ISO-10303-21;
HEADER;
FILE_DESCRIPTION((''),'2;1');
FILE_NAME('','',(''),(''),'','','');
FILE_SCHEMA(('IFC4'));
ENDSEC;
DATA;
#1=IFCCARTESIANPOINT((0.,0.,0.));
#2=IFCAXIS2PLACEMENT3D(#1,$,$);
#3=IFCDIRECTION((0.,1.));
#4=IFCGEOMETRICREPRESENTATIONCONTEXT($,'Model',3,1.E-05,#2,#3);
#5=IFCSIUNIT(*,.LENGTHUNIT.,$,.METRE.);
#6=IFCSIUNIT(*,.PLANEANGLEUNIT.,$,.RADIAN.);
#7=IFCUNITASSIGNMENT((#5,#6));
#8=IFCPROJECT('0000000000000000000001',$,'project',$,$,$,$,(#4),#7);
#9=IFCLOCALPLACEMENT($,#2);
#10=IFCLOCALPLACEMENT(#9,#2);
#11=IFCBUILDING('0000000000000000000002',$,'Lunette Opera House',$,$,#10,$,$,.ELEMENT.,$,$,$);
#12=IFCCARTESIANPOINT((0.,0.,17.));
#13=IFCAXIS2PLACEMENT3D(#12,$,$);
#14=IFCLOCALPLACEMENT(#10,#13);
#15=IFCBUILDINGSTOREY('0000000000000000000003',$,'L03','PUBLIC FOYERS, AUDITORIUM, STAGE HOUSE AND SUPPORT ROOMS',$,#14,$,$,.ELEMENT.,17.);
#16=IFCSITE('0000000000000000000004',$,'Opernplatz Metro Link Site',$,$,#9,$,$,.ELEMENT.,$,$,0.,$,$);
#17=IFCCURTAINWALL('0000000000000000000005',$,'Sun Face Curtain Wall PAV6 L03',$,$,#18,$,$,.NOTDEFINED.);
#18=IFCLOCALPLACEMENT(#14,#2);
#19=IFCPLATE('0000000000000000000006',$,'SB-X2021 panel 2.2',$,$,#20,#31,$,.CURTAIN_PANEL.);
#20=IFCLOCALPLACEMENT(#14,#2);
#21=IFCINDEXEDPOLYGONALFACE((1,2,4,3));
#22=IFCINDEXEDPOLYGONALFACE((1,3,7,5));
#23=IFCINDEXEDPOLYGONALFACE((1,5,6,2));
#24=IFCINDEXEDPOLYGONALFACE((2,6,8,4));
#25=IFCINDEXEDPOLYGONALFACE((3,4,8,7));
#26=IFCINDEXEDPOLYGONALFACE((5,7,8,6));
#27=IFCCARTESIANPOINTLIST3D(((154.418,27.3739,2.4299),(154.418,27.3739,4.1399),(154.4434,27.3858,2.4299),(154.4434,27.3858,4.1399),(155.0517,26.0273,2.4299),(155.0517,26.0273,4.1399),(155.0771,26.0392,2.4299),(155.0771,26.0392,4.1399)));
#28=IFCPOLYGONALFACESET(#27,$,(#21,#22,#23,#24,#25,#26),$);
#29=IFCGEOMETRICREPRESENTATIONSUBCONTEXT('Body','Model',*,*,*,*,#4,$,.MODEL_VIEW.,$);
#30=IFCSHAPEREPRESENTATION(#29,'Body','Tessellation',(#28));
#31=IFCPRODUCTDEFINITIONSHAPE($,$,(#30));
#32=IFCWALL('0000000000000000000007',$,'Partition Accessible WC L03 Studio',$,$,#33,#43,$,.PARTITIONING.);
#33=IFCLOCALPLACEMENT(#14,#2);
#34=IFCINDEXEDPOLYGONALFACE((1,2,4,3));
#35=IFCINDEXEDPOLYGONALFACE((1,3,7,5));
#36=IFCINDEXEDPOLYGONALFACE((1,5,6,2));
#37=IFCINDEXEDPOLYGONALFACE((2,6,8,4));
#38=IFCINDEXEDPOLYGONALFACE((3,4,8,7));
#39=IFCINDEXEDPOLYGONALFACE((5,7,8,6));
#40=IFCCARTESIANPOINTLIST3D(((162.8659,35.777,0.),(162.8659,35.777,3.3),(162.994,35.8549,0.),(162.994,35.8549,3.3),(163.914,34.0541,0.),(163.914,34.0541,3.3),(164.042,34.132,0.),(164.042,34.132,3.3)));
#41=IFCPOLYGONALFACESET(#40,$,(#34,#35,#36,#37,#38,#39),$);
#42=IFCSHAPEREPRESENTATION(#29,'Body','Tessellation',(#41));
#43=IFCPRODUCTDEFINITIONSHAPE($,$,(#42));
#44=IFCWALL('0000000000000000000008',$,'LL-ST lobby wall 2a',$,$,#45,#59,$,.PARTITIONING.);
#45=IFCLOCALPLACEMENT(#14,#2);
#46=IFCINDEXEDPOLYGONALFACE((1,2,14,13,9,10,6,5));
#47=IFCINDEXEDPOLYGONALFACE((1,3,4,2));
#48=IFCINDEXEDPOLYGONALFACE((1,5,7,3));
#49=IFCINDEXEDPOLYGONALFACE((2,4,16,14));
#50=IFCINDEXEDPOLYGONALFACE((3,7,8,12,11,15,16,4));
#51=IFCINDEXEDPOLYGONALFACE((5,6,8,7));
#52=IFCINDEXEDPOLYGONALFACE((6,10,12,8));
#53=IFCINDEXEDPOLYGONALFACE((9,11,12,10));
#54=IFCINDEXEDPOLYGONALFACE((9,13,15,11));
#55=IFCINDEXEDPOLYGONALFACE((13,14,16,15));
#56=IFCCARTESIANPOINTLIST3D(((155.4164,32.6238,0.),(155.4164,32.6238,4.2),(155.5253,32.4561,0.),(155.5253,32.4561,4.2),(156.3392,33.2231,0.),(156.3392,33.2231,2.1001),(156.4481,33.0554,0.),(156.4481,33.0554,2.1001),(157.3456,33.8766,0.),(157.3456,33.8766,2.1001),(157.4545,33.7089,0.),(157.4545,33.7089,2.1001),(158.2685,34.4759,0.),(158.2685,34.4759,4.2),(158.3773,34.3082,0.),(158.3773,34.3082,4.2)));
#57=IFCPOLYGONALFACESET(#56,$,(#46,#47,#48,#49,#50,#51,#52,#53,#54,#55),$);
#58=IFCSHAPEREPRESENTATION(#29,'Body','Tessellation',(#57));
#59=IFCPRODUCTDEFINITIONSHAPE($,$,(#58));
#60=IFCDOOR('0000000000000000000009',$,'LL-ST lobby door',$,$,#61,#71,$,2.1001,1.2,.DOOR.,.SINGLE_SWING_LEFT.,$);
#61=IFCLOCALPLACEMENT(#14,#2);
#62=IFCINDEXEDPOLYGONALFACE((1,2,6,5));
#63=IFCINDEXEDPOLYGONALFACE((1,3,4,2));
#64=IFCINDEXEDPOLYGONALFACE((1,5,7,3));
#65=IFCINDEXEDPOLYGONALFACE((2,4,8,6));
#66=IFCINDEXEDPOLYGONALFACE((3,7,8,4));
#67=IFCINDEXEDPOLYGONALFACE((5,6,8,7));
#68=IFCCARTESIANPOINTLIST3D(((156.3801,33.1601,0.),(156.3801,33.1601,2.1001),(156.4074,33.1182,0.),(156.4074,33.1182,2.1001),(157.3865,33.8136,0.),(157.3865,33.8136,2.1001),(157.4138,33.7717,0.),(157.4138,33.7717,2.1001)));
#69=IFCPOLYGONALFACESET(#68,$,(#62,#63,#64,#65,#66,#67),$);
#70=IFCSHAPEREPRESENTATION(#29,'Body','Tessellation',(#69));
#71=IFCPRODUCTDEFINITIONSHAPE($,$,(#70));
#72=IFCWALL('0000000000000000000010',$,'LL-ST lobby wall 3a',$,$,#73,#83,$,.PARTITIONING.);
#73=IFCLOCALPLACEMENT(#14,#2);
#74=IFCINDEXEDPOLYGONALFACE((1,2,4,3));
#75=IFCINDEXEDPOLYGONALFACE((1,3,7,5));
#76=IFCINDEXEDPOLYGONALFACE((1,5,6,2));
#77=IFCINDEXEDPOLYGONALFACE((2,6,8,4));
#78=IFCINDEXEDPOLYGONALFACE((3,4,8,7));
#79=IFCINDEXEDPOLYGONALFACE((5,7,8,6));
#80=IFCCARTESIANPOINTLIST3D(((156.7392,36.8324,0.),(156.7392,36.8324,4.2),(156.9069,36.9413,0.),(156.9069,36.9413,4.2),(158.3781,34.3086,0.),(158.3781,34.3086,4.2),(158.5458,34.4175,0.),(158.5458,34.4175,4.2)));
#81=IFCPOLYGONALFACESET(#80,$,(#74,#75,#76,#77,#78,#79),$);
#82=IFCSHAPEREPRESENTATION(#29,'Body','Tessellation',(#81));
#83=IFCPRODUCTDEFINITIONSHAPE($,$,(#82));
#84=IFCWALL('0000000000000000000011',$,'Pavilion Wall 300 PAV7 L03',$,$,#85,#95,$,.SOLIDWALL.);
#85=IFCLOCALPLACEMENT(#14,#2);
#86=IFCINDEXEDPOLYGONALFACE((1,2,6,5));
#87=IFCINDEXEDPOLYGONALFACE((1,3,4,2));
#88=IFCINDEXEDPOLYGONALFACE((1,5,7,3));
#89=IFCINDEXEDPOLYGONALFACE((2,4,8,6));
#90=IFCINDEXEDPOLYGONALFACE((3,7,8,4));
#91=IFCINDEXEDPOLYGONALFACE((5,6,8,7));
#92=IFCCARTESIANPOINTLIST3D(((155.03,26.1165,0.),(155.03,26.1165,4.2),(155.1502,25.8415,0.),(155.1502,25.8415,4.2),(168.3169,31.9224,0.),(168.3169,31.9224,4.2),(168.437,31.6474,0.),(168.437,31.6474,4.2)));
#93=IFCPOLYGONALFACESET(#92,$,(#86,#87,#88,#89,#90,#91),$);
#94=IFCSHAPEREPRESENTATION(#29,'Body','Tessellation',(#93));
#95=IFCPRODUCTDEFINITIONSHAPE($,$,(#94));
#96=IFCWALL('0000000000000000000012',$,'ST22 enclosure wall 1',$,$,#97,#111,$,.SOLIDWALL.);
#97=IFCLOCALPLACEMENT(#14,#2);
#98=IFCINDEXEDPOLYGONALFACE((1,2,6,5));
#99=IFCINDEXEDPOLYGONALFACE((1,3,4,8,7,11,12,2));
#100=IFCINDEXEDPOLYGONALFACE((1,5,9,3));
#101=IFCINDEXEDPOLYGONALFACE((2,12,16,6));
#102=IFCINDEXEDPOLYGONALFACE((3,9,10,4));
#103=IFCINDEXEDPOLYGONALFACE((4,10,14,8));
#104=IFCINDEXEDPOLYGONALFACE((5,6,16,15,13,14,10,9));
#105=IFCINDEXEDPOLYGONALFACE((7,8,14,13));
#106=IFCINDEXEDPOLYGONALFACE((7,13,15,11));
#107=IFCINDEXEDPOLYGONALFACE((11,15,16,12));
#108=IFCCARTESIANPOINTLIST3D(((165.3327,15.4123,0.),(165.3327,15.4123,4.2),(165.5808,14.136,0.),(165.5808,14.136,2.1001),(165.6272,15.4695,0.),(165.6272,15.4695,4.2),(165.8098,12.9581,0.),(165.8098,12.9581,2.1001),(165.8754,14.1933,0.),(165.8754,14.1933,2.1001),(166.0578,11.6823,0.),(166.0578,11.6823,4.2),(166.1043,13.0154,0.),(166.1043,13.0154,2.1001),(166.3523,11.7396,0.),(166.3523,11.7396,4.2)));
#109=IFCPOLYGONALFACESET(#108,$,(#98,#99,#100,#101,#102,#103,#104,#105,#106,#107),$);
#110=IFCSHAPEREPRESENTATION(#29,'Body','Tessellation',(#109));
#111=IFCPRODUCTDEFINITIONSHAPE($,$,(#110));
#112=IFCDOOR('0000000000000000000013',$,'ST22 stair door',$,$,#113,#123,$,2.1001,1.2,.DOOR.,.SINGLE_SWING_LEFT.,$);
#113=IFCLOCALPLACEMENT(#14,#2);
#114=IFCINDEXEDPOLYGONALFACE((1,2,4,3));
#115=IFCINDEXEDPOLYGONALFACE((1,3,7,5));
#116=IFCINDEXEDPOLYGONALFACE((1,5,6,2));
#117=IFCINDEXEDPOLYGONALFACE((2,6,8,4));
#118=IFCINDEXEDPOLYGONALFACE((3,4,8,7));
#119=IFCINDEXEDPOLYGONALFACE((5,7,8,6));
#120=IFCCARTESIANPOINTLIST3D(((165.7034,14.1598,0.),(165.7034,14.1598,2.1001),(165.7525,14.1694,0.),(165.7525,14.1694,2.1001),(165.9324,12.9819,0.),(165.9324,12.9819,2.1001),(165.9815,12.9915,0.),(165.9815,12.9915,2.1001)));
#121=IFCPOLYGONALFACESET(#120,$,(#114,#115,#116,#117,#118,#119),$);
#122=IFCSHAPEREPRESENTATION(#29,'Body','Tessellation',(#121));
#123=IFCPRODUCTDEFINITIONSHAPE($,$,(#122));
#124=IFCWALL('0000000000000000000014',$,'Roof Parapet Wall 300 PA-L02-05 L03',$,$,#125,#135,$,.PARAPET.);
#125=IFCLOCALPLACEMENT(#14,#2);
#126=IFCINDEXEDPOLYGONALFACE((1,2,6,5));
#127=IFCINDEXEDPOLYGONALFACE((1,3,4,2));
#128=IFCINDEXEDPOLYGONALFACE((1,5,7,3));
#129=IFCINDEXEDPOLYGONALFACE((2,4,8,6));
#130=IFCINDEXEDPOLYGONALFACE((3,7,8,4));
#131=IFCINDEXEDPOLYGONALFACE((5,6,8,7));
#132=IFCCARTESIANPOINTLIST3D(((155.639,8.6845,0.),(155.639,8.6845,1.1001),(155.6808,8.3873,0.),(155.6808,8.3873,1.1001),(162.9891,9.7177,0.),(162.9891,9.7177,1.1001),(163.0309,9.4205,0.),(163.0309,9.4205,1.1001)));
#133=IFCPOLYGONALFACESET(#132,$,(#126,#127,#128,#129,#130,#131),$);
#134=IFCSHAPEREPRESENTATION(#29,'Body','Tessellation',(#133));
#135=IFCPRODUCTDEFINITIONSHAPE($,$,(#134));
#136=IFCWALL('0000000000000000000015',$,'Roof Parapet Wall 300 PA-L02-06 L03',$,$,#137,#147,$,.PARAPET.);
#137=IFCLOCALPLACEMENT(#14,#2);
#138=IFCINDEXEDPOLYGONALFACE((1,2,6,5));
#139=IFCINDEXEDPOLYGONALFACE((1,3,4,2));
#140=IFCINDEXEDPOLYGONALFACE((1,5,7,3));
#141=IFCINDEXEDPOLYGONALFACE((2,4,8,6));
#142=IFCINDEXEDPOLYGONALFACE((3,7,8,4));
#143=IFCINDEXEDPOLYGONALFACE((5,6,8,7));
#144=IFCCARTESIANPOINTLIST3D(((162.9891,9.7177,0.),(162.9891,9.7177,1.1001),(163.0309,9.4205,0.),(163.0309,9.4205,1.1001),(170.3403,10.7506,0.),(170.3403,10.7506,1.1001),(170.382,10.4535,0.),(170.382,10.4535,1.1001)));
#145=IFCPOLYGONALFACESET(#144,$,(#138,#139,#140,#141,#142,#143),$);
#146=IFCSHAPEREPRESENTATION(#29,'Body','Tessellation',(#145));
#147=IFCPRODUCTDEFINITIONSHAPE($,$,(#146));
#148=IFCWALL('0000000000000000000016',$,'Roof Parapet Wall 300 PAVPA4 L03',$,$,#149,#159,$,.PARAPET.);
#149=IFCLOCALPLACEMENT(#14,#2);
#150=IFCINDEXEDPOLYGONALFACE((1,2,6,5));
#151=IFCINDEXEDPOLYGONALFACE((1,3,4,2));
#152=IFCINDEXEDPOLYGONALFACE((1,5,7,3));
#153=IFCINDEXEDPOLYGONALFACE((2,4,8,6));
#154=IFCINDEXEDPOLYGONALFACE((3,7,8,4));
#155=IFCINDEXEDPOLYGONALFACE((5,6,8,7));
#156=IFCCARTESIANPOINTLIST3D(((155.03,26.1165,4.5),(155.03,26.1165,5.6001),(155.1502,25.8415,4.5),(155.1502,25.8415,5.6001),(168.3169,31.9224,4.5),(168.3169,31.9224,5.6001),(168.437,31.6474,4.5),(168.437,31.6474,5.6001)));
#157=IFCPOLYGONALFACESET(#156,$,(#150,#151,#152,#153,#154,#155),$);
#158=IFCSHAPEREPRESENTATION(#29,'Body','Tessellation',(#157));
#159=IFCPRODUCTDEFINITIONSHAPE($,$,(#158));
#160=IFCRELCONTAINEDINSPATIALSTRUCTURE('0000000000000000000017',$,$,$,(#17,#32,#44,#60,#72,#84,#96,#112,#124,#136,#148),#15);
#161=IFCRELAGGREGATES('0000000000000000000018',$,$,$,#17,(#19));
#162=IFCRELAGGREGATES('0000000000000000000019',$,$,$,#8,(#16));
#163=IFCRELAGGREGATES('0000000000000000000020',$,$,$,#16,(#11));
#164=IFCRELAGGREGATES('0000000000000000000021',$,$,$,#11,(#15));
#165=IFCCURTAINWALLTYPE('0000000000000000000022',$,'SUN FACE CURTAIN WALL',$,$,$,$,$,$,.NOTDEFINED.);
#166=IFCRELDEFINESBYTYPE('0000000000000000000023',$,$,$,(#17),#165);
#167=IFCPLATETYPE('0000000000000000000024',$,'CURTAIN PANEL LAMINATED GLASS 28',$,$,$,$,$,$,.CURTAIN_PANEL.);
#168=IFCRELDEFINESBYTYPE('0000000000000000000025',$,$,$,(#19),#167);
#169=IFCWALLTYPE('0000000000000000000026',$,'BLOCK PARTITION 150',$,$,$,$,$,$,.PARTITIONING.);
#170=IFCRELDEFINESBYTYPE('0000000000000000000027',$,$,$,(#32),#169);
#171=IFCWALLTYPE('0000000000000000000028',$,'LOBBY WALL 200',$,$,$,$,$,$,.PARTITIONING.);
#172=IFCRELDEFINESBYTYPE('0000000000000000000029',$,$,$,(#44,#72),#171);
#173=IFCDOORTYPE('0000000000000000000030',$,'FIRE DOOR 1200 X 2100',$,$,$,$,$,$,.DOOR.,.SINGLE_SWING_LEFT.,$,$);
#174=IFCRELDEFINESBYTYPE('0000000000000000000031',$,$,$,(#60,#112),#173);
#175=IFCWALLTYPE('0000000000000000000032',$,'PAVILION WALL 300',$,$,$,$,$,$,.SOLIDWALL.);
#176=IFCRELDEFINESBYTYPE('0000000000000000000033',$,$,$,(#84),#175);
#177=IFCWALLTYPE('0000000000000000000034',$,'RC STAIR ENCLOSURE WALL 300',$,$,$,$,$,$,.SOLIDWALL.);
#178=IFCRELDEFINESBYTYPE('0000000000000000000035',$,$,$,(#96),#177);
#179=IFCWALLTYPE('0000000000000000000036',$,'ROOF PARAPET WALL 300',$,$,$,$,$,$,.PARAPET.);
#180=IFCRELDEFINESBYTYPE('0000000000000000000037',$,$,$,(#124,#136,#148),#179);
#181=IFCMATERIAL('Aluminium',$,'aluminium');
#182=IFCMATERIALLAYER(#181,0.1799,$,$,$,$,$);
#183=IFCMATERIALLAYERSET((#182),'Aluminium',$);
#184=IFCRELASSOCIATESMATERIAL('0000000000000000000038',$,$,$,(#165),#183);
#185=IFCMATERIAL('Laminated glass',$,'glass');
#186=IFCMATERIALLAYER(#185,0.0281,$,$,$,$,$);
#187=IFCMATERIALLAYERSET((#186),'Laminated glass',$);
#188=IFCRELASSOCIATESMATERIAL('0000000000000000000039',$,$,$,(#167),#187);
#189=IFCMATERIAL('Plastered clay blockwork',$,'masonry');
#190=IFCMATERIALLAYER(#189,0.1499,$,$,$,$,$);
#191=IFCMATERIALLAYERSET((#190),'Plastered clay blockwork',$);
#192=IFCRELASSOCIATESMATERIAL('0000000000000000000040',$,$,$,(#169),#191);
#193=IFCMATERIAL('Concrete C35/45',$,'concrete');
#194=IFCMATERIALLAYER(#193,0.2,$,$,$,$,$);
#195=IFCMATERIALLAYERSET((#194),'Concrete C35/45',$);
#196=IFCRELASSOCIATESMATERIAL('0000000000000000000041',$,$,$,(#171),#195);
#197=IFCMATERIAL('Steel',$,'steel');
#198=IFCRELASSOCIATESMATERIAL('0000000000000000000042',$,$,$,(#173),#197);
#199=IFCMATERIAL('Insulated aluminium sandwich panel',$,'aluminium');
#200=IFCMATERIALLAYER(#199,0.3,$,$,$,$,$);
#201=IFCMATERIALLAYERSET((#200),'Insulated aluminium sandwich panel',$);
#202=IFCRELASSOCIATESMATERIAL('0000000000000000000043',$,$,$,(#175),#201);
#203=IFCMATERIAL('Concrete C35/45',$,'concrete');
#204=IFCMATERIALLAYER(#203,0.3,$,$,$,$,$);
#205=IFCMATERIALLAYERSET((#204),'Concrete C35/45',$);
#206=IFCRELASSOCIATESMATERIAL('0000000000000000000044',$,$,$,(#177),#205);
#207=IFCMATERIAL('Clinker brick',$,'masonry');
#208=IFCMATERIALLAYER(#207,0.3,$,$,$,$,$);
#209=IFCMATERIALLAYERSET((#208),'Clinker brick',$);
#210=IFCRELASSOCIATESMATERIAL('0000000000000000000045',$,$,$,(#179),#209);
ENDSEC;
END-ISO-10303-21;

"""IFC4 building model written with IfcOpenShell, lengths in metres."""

from ifc_helpers import new_model, si_unit, direction, frame, frame_2d, origin, origin_2d, place, context, subcontext, project, spatial, rectangle, extrude, material, layer, layer_set, type_object, element, fill, aggregate, save


model = new_model("IFC4")

# Units and contexts
model_context = context("Model", 3, precision=1e-05, world=origin(), true_north=direction((0.0, 1.0)))
body_context = subcontext(model_context, "Body", "Model", "MODEL_VIEW")
ifc_project = project(units=[si_unit("LENGTHUNIT", "METRE"), si_unit("PLANEANGLEUNIT", "RADIAN")], contexts=[model_context])

# Site, building, storey
site_placement = place(None, origin())
site = spatial("IfcSite", under=ifc_project, at=site_placement, Name="Opernplatz Metro Link Site", CompositionType="ELEMENT", RefElevation=0.0)
building_placement = place(site_placement, origin())
building = spatial("IfcBuilding", under=site, at=building_placement, Name="Lunette Opera House", CompositionType="ELEMENT")
storey_placement = place(building_placement, frame((0.0, 0.0, 17.0)))
storey = spatial("IfcBuildingStorey", under=building, at=storey_placement, Name="L03", Description="PUBLIC FOYERS, AUDITORIUM, STAGE HOUSE AND SUPPORT ROOMS", CompositionType="ELEMENT", Elevation=17.0)

# Curtain wall
ifc_material_1 = material(Name="Aluminium", Category="aluminium")
ifc_layer_1 = layer(ifc_material_1, 0.1799)
ifc_layer_set_1 = layer_set([ifc_layer_1], Name="Aluminium")
curtain_wall_type = type_object("IfcCurtainWallType", Name="SUN FACE CURTAIN WALL", PredefinedType="NOTDEFINED", material=ifc_layer_set_1)
curtain_wall_placement = place(storey_placement, origin())
curtain_wall = element("IfcCurtainWall", 1, at=curtain_wall_placement, inside=storey, type_object=curtain_wall_type, Name="Sun Face Curtain Wall PAV6 L03", PredefinedType="NOTDEFINED")

# Plate
ifc_material_2 = material(Name="Laminated glass", Category="glass")
ifc_layer_2 = layer(ifc_material_2, 0.0281)
ifc_layer_set_2 = layer_set([ifc_layer_2], Name="Laminated glass")
plate_type = type_object("IfcPlateType", Name="CURTAIN PANEL LAMINATED GLASS 28", PredefinedType="CURTAIN_PANEL", material=ifc_layer_set_2)
plate_1_placement = place(storey_placement, frame((154.7476, 26.7065, 2.4299), z_axis=(0.0, 0.0, 1.0), x_axis=(0.425797, -0.904819, 0.0)))
plate_1 = element("IfcPlate", 2, at=plate_1_placement, type_object=plate_type, Name="SB-X2021 panel 2.2", PredefinedType="CURTAIN_PANEL", context=body_context, shape_type="SweptSolid", body=[
    extrude(rectangle(XDim=1.4883, YDim=0.0281, at=origin_2d()), origin(), (0.0, 0.0, 1.0), 1.71),
])
aggregate(curtain_wall, [plate_1])

# Wall
ifc_material_3 = material(Name="Plastered clay blockwork", Category="masonry")
ifc_layer_3 = layer(ifc_material_3, 0.1499)
ifc_layer_set_3 = layer_set([ifc_layer_3], Name="Plastered clay blockwork")
wall_type_1 = type_object("IfcWallType", Name="BLOCK PARTITION 150", PredefinedType="PARTITIONING", material=ifc_layer_set_3)
wall_1_placement = place(storey_placement, frame((162.9299, 35.8159, 0.0), z_axis=(0.0, 0.0, 1.0), x_axis=(0.51972, -0.854336, 0.0)))
element("IfcWall", 3, at=wall_1_placement, inside=storey, type_object=wall_type_1, Name="Partition Accessible WC L03 Studio", PredefinedType="PARTITIONING", context=body_context, shape_type="SweptSolid", body=[
    extrude(rectangle(XDim=2.0166, YDim=0.1499, at=frame_2d((1.0083, 0.0))), origin(), (0.0, 0.0, 1.0), 3.3),
])

# Wall, opening, door
ifc_material_4 = material(Name="Concrete C35/45", Category="concrete")
ifc_layer_4 = layer(ifc_material_4, 0.2)
ifc_layer_set_4 = layer_set([ifc_layer_4], Name="Concrete C35/45")
wall_type_2 = type_object("IfcWallType", Name="LOBBY WALL 200", PredefinedType="PARTITIONING", material=ifc_layer_set_4)
wall_2_placement = place(storey_placement, frame((155.4709, 32.54, 0.0), z_axis=(0.0, 0.0, 1.0), x_axis=(0.838683, 0.54462, 0.0)))
wall_2 = element("IfcWall", 4, at=wall_2_placement, inside=storey, type_object=wall_type_2, Name="LL-ST lobby wall 2a", PredefinedType="PARTITIONING", context=body_context, shape_type="SweptSolid", body=[
    extrude(rectangle(XDim=3.4006, YDim=0.2, at=frame_2d((1.7002, 0.0))), origin(), (0.0, 0.0, 1.0), 4.2),
])
opening_1_placement = place(wall_2_placement, frame((1.1001, 0.0, 0.0)))
opening_1 = element("IfcOpeningElement", 5, at=opening_1_placement, cuts=wall_2, PredefinedType="OPENING", context=body_context, shape_type="SweptSolid", body=[
    extrude(rectangle(XDim=1.2, YDim=2.1001, at=frame_2d((0.6001, 1.05))), frame((0.0, 0.1121, 0.0), z_axis=(0.0, -1.0, 0.0), x_axis=(1.0, 0.0, 0.0)), (0.0, 0.0, 1.0), 0.2239),
])
ifc_material_5 = material(Name="Steel", Category="steel")
door_type_1 = type_object("IfcDoorType", Name="FIRE DOOR 1200 X 2100", OperationType="SINGLE_SWING_LEFT", PredefinedType="DOOR", material=ifc_material_5)
door_1_placement = place(opening_1_placement, origin())
door_1 = element("IfcDoor", 6, at=door_1_placement, inside=storey, type_object=door_type_1, Name="LL-ST lobby door", OperationType="SINGLE_SWING_LEFT", OverallHeight=2.1001, OverallWidth=1.2, PredefinedType="DOOR", context=body_context, shape_type="SweptSolid", body=[
    extrude(rectangle(XDim=1.2, YDim=2.1001, at=frame_2d((0.6001, 1.05))), frame((0.0, 0.0249, 0.0), z_axis=(0.0, -1.0, 0.0), x_axis=(1.0, 0.0, 0.0)), (0.0, 0.0, 1.0), 0.05),
])
fill(opening_1, door_1)

# Walls
wall_3_placement = place(storey_placement, frame((158.4619, 34.363, 0.0), z_axis=(0.0, 0.0, 1.0), x_axis=(-0.544606, 0.838692, 0.0)))
element("IfcWall", 7, at=wall_3_placement, inside=storey, type_object=wall_type_2, Name="LL-ST lobby wall 3a", PredefinedType="PARTITIONING", context=body_context, shape_type="SweptSolid", body=[
    extrude(rectangle(XDim=3.0093, YDim=0.2, at=frame_2d((1.5046, 0.0))), origin(), (0.0, 0.0, 1.0), 4.2),
])
ifc_material_6 = material(Name="Insulated aluminium sandwich panel", Category="aluminium")
ifc_layer_5 = layer(ifc_material_6, 0.3)
ifc_layer_set_5 = layer_set([ifc_layer_5], Name="Insulated aluminium sandwich panel")
wall_type_3 = type_object("IfcWallType", Name="PAVILION WALL 300", PredefinedType="SOLIDWALL", material=ifc_layer_set_5)
wall_4_placement = place(storey_placement, frame((155.0901, 25.979, 0.0), z_axis=(0.0, 0.0, 1.0), x_axis=(0.916337, 0.400408, 0.0)))
element("IfcWall", 8, at=wall_4_placement, inside=storey, type_object=wall_type_3, Name="Pavilion Wall 300 PAV7 L03", PredefinedType="SOLIDWALL", context=body_context, shape_type="SweptSolid", body=[
    extrude(rectangle(XDim=14.5, YDim=0.3, at=frame_2d((7.25, 0.0))), origin(), (0.0, 0.0, 1.0), 4.2),
])

# Wall, opening, door
ifc_material_7 = material(Name="Concrete C35/45", Category="concrete")
ifc_layer_6 = layer(ifc_material_7, 0.3)
ifc_layer_set_6 = layer_set([ifc_layer_6], Name="Concrete C35/45")
wall_type_4 = type_object("IfcWallType", Name="RC STAIR ENCLOSURE WALL 300", PredefinedType="SOLIDWALL", material=ifc_layer_set_6)
wall_5_placement = place(storey_placement, frame((165.48, 15.4409, 0.0), z_axis=(0.0, 0.0, 1.0), x_axis=(0.190825, -0.981624, 0.0)))
wall_5 = element("IfcWall", 9, at=wall_5_placement, inside=storey, type_object=wall_type_4, Name="ST22 enclosure wall 1", PredefinedType="SOLIDWALL", context=body_context, shape_type="SweptSolid", body=[
    extrude(rectangle(XDim=3.7998, YDim=0.3, at=frame_2d((1.8999, 0.0))), origin(), (0.0, 0.0, 1.0), 4.2),
])
opening_2_placement = place(wall_5_placement, frame((1.3, 0.0, 0.0)))
opening_2 = element("IfcOpeningElement", 10, at=opening_2_placement, cuts=wall_5, PredefinedType="OPENING", context=body_context, shape_type="SweptSolid", body=[
    extrude(rectangle(XDim=1.2, YDim=2.1001, at=frame_2d((0.6001, 1.05))), frame((0.0, 0.1621, 0.0), z_axis=(0.0, -1.0, 0.0), x_axis=(1.0, 0.0, 0.0)), (0.0, 0.0, 1.0), 0.324),
])
door_2_placement = place(opening_2_placement, origin())
door_2 = element("IfcDoor", 11, at=door_2_placement, inside=storey, type_object=door_type_1, Name="ST22 stair door", OperationType="SINGLE_SWING_LEFT", OverallHeight=2.1001, OverallWidth=1.2, PredefinedType="DOOR", context=body_context, shape_type="SweptSolid", body=[
    extrude(rectangle(XDim=1.2, YDim=2.1001, at=frame_2d((0.6001, 1.05))), frame((0.0, 0.0249, 0.0), z_axis=(0.0, -1.0, 0.0), x_axis=(1.0, 0.0, 0.0)), (0.0, 0.0, 1.0), 0.05),
])
fill(opening_2, door_2)

# Walls
ifc_material_8 = material(Name="Clinker brick", Category="masonry")
ifc_layer_7 = layer(ifc_material_8, 0.3)
ifc_layer_set_7 = layer_set([ifc_layer_7], Name="Clinker brick")
wall_type_5 = type_object("IfcWallType", Name="ROOF PARAPET WALL 300", PredefinedType="PARAPET", material=ifc_layer_set_7)
wall_6_placement = place(storey_placement, frame((155.6599, 8.5359, 0.0), z_axis=(0.0, 0.0, 1.0), x_axis=(0.990264, 0.139201, 0.0)))
element("IfcWall", 12, at=wall_6_placement, inside=storey, type_object=wall_type_5, Name="Roof Parapet Wall 300 PA-L02-05 L03", PredefinedType="PARAPET", context=body_context, shape_type="SweptSolid", body=[
    extrude(rectangle(XDim=7.4224, YDim=0.3, at=frame_2d((3.7112, 0.0))), origin(), (0.0, 0.0, 1.0), 1.1001),
])
wall_7_placement = place(storey_placement, frame((163.01, 9.5691, 0.0), z_axis=(0.0, 0.0, 1.0), x_axis=(0.990271, 0.139151, 0.0)))
element("IfcWall", 13, at=wall_7_placement, inside=storey, type_object=wall_type_5, Name="Roof Parapet Wall 300 PA-L02-06 L03", PredefinedType="PARAPET", context=body_context, shape_type="SweptSolid", body=[
    extrude(rectangle(XDim=7.4233, YDim=0.3, at=frame_2d((3.7117, 0.0))), origin(), (0.0, 0.0, 1.0), 1.1001),
])
wall_8_placement = place(storey_placement, frame((155.0901, 25.979, 4.5), z_axis=(0.0, 0.0, 1.0), x_axis=(0.916337, 0.400408, 0.0)))
element("IfcWall", 14, at=wall_8_placement, inside=storey, type_object=wall_type_5, Name="Roof Parapet Wall 300 PAVPA4 L03", PredefinedType="PARAPET", context=body_context, shape_type="SweptSolid", body=[
    extrude(rectangle(XDim=14.5, YDim=0.3, at=frame_2d((7.25, 0.0))), origin(), (0.0, 0.0, 1.0), 1.1001),
])

save(model, "model.ifc")
